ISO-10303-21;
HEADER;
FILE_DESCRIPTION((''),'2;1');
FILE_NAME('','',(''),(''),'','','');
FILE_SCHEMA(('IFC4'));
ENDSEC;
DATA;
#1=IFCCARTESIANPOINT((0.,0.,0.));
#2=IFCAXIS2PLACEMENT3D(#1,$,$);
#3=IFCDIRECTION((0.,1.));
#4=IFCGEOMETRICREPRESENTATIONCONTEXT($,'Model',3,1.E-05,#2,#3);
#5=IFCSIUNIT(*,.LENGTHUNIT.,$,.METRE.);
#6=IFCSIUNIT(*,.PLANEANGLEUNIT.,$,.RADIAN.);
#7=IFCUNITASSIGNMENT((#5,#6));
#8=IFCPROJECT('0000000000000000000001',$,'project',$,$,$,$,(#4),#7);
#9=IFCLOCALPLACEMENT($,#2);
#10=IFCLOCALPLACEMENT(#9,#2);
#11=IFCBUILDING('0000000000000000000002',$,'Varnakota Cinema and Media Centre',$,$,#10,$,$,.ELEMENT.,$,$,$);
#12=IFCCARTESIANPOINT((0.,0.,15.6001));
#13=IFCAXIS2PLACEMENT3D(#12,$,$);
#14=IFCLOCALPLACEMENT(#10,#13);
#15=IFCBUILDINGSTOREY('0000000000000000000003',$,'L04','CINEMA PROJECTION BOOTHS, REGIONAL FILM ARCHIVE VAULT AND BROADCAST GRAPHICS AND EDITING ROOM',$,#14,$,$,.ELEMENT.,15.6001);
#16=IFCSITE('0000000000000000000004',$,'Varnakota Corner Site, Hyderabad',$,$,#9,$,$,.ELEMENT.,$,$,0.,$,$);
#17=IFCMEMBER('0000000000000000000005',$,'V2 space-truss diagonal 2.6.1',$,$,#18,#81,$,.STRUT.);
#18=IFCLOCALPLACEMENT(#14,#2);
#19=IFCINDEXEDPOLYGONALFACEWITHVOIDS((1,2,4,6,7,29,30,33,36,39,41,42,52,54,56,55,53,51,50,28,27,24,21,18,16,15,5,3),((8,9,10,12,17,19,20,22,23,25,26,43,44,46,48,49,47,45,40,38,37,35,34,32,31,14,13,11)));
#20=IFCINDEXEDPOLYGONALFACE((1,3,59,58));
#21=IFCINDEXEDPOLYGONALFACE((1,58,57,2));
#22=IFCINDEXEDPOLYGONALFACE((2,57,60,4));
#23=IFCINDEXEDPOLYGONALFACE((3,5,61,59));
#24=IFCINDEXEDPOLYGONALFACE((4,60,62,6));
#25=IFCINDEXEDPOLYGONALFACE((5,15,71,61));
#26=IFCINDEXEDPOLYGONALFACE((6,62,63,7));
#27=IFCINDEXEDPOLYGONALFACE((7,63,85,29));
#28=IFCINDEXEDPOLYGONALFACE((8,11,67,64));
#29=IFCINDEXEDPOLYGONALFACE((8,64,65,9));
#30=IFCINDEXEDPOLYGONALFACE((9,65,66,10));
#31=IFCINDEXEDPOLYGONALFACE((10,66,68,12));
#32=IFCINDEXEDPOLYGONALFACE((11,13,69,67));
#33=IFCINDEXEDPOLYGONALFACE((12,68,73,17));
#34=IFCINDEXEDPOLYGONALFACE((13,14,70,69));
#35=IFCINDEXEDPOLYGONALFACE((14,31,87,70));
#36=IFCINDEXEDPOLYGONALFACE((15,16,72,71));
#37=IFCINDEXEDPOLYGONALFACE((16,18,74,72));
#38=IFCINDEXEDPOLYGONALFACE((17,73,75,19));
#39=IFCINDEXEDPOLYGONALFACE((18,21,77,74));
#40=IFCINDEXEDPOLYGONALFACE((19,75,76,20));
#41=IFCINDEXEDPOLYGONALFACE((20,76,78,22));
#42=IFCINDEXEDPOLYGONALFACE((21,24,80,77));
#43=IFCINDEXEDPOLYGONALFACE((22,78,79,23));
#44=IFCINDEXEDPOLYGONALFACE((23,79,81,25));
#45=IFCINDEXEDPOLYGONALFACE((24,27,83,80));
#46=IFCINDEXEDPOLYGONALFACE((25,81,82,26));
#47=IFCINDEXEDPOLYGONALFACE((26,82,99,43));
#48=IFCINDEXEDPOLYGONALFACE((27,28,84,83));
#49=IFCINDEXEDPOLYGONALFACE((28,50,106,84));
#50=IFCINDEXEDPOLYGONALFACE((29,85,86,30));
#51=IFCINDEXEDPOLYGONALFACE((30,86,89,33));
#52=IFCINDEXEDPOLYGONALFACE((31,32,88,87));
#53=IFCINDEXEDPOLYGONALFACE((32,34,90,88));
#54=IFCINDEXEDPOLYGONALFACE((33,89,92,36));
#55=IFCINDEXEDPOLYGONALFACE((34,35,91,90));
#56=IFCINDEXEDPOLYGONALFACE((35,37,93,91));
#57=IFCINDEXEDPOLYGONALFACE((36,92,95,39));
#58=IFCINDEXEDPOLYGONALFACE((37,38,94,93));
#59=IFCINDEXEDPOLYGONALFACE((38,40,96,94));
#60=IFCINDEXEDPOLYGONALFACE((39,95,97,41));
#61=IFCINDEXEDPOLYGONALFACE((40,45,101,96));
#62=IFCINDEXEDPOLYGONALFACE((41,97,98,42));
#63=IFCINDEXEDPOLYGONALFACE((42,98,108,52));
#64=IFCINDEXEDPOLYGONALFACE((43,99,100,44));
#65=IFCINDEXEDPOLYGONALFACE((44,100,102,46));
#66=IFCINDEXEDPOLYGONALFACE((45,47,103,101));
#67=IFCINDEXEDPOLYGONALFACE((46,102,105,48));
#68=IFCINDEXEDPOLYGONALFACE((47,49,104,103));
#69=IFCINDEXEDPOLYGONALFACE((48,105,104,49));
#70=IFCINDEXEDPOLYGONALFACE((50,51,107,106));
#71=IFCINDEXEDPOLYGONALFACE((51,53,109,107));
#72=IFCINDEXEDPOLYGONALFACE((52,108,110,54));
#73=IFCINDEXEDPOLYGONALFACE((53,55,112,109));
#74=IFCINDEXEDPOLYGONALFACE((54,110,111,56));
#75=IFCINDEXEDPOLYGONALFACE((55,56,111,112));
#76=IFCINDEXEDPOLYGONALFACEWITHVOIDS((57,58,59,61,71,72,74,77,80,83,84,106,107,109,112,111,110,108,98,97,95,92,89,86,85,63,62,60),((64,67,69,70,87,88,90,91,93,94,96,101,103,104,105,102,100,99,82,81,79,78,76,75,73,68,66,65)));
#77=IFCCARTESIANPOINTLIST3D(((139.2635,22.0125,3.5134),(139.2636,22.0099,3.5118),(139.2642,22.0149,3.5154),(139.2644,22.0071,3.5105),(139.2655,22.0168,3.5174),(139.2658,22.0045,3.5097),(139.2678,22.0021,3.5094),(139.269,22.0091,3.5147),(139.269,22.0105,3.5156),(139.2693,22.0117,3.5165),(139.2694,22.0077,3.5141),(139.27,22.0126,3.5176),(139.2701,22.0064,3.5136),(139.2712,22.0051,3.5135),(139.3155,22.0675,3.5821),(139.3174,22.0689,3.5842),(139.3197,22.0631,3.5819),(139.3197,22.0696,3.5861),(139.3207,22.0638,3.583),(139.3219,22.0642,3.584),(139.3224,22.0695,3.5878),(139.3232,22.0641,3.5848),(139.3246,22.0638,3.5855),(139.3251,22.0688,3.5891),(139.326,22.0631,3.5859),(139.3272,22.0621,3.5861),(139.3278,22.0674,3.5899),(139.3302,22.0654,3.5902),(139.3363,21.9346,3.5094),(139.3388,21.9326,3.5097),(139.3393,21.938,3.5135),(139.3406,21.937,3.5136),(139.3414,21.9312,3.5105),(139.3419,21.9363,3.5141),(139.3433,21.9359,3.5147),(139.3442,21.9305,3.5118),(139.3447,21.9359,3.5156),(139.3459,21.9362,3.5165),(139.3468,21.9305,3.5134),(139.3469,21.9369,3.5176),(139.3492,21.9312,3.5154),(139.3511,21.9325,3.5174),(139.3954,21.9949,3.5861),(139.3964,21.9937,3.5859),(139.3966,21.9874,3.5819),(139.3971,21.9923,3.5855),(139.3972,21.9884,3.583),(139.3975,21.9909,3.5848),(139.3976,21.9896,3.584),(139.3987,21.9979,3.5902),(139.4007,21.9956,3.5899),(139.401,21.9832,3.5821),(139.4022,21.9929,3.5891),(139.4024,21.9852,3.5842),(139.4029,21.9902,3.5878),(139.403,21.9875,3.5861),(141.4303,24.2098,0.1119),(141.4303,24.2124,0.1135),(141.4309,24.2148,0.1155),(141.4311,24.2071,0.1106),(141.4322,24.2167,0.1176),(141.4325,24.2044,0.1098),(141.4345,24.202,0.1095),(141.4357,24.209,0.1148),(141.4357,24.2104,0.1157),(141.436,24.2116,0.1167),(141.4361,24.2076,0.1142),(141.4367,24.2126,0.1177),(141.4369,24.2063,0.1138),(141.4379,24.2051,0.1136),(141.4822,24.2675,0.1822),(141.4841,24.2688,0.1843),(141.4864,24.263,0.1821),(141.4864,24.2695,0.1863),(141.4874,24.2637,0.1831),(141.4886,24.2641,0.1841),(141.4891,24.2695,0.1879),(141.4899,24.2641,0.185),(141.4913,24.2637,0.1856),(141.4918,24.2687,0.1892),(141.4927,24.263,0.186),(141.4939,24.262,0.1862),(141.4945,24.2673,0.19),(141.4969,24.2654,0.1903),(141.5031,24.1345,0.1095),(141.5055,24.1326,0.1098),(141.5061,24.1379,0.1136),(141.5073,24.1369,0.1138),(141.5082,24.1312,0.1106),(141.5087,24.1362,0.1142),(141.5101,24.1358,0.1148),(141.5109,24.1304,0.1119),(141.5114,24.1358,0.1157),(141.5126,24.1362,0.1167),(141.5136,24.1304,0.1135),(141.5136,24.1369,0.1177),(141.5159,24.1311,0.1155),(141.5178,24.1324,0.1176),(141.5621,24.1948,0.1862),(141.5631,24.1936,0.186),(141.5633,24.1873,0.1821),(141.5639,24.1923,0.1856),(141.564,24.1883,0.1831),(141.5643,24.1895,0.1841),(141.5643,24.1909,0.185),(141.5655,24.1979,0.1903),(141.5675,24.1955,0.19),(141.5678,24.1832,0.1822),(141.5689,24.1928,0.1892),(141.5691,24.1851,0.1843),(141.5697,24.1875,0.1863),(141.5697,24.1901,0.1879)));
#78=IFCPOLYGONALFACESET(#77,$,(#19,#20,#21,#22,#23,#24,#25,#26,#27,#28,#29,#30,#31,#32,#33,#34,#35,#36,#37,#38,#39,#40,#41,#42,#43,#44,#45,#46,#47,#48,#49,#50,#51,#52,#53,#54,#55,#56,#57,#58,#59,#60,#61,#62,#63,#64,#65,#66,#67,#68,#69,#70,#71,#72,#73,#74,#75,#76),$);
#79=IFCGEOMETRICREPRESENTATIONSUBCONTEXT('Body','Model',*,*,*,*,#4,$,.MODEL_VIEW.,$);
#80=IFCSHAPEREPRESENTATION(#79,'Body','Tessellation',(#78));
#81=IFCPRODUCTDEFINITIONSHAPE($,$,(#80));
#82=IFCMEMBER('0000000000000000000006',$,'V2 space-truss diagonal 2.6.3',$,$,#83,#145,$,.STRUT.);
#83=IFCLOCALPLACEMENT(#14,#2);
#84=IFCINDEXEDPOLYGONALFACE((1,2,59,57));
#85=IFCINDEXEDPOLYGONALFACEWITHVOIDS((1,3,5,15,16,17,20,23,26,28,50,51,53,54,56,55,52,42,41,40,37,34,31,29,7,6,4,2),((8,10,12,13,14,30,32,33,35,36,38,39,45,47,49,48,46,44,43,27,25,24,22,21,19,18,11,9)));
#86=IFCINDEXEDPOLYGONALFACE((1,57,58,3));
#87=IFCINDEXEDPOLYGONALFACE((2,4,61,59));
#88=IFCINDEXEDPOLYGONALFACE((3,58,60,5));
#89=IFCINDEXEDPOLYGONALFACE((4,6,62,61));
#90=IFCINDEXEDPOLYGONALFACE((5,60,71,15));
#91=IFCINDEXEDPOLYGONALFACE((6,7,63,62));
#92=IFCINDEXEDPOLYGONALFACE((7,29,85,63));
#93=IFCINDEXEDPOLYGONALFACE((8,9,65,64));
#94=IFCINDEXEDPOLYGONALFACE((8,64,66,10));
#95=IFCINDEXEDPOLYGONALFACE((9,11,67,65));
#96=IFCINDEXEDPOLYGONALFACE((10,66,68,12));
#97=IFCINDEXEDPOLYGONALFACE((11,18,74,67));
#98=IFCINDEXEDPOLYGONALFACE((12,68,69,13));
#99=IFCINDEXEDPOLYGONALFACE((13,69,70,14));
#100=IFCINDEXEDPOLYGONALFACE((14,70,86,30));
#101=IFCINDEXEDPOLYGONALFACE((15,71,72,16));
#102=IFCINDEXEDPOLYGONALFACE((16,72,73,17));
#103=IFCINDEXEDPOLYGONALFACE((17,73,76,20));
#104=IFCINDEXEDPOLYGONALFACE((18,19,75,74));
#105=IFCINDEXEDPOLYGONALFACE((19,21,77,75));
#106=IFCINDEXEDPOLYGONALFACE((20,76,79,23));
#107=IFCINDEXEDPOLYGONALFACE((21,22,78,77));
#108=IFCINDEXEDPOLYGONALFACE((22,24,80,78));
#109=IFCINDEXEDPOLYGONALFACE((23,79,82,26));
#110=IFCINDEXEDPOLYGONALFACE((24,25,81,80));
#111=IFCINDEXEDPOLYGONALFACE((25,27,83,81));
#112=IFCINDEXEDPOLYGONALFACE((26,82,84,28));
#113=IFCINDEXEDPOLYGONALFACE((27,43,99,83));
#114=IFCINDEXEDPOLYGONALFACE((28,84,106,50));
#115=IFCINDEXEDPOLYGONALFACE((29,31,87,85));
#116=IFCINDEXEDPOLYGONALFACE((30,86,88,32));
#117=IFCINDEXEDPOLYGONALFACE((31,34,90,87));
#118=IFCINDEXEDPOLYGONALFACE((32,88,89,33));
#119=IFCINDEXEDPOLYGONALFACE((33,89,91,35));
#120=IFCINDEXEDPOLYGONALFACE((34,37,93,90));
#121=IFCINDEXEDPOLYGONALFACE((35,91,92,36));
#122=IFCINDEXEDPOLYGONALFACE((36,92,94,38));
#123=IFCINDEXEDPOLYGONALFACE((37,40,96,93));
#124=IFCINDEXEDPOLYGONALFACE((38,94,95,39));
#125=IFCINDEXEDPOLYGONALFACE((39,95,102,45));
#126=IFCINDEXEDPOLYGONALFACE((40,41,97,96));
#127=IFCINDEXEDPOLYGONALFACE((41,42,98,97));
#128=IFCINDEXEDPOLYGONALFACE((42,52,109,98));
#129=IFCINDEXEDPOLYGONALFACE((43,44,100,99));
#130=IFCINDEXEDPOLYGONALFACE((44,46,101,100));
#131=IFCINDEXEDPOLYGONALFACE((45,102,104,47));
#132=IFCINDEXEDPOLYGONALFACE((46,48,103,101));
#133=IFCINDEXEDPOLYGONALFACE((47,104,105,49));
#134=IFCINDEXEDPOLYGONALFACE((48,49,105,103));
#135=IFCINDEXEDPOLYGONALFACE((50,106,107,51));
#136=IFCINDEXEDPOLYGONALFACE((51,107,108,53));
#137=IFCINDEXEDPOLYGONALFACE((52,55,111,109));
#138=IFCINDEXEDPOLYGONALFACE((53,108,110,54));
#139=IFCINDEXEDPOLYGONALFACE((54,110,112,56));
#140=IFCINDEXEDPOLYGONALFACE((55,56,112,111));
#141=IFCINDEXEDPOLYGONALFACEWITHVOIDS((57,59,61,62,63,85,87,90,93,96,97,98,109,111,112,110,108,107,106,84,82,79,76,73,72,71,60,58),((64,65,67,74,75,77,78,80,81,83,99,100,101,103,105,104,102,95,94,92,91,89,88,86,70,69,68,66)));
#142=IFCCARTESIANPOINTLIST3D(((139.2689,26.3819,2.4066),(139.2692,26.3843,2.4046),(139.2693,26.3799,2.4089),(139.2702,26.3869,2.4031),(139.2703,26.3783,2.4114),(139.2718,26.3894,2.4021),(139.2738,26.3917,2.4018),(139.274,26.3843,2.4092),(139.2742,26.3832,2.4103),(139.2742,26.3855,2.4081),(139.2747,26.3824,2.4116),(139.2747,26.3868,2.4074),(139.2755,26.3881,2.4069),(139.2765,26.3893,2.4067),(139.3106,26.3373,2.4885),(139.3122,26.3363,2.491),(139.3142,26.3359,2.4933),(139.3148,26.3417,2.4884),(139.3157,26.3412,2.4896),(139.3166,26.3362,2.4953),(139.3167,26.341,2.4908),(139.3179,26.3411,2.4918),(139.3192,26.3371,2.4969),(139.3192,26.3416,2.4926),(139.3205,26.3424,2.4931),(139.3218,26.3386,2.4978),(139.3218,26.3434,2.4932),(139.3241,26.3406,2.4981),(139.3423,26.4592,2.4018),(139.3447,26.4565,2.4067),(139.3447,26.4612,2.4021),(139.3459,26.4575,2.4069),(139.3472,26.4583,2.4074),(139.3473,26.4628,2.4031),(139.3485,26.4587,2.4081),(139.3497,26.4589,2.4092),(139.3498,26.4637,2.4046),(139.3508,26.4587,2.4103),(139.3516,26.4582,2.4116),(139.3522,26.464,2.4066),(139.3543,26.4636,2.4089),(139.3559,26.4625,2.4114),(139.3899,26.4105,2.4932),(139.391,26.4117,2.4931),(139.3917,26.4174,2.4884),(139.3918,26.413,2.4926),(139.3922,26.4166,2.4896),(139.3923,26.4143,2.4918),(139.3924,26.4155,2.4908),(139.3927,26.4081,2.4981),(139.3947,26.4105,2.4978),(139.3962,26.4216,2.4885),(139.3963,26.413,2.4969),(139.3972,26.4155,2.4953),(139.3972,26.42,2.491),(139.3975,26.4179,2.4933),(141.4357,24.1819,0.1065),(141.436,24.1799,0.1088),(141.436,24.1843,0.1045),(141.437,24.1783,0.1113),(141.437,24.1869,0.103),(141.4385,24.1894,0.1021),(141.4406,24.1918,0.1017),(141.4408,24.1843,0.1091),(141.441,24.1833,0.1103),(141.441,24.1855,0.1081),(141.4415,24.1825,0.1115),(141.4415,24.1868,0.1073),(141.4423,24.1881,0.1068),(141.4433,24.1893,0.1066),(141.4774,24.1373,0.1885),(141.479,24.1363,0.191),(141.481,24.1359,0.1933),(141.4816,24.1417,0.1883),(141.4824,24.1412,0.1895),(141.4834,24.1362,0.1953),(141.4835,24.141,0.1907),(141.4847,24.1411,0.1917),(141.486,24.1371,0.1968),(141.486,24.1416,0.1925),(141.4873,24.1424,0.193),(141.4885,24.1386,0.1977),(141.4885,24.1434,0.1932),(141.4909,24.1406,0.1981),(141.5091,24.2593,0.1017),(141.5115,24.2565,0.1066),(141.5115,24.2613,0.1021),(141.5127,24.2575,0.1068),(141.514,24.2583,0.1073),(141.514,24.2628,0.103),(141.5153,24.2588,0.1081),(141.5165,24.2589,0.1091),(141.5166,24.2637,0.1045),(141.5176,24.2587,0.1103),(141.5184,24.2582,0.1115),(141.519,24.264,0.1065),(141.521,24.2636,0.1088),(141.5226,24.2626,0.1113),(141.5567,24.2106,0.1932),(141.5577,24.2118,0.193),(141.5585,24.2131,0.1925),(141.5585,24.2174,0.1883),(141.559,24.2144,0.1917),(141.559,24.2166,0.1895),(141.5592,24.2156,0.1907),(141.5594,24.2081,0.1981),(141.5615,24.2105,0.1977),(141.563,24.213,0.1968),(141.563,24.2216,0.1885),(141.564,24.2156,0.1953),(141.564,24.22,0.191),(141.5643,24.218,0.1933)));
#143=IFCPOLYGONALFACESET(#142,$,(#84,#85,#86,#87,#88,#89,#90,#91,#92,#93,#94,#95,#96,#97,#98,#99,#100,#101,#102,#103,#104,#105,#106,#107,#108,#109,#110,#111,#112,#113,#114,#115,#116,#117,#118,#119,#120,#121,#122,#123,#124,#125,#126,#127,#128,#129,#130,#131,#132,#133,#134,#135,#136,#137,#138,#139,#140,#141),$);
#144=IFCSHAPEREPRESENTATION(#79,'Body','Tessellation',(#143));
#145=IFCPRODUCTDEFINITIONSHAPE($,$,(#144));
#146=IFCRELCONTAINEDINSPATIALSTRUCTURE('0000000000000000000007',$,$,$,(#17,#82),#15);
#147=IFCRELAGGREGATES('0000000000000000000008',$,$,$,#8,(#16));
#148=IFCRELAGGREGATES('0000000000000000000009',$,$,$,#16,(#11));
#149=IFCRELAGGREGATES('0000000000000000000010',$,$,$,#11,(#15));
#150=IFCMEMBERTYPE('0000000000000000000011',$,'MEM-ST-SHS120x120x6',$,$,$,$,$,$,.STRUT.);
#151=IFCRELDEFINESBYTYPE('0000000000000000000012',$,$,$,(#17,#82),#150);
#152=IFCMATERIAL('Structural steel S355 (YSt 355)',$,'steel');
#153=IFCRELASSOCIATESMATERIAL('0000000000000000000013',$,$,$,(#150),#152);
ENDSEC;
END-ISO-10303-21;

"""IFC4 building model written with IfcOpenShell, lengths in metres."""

from ifc_helpers import new_model, si_unit, direction, frame, origin, origin_2d, place, context, subcontext, project, spatial, hollow_rectangle, extrude, material, material_profile, profile_set, type_object, element, save


model = new_model("IFC4")

# Units and contexts
model_context = context("Model", 3, precision=1e-05, world=origin(), true_north=direction((0.0, 1.0)))
body_context = subcontext(model_context, "Body", "Model", "MODEL_VIEW")
ifc_project = project(units=[si_unit("LENGTHUNIT", "METRE"), si_unit("PLANEANGLEUNIT", "RADIAN")], contexts=[model_context])

# Site, building, storey
site_placement = place(None, origin())
site = spatial("IfcSite", under=ifc_project, at=site_placement, Name="Varnakota Corner Site, Hyderabad", CompositionType="ELEMENT", RefElevation=0.0)
building_placement = place(site_placement, origin())
building = spatial("IfcBuilding", under=site, at=building_placement, Name="Varnakota Cinema and Media Centre", CompositionType="ELEMENT")
storey_placement = place(building_placement, frame((0.0, 0.0, 15.6001)))
storey = spatial("IfcBuildingStorey", under=building, at=storey_placement, Name="L04", Description="CINEMA PROJECTION BOOTHS, REGIONAL FILM ARCHIVE VAULT AND BROADCAST GRAPHICS AND EDITING ROOM", CompositionType="ELEMENT", Elevation=15.6001)

# Members
ifc_material_1 = material(Name="Structural steel S355 (YSt 355)", Category="steel")
ifc_material_profile_1 = material_profile(ifc_material_1, hollow_rectangle(XDim=0.1201, YDim=0.1201, WallThickness=0.0061, InnerFilletRadius=0.0061, OuterFilletRadius=0.012, at=origin_2d()), Name="SHS 120x120x6")
ifc_profile_set_1 = profile_set([ifc_material_profile_1], Name="Structural steel S355 (YSt 355)")
member_type_1 = type_object("IfcMemberType", Name="MEM-ST-SHS120x120x6", PredefinedType="STRUT", material=ifc_profile_set_1)
member_1_placement = place(storey_placement, frame((141.5, 24.2, 0.1499), z_axis=(-0.471769, -0.478999, 0.740266), x_axis=(0.712463, -0.70171, 0.0)))
element("IfcMember", 1, at=member_1_placement, inside=storey, type_object=member_type_1, Name="V2 space-truss diagonal 2.6.1", PredefinedType="STRUT", context=body_context, shape_type="SweptSolid", body=[
    extrude(hollow_rectangle(XDim=0.1201, YDim=0.1201, WallThickness=0.0061, InnerFilletRadius=0.0061, OuterFilletRadius=0.012, at=origin_2d()), origin(), (0.0, 0.0, 1.0), 4.5928),
])
member_2_placement = place(storey_placement, frame((141.5, 24.2, 0.1499), z_axis=(-0.562748, 0.571371, 0.597369), x_axis=(-0.712463, -0.70171, 0.0)))
element("IfcMember", 2, at=member_2_placement, inside=storey, type_object=member_type_1, Name="V2 space-truss diagonal 2.6.3", PredefinedType="STRUT", context=body_context, shape_type="SweptSolid", body=[
    extrude(hollow_rectangle(XDim=0.1201, YDim=0.1201, WallThickness=0.0061, InnerFilletRadius=0.0061, OuterFilletRadius=0.012, at=origin_2d()), origin(), (0.0, 0.0, 1.0), 3.8503),
])

save(model, "model.ifc")
